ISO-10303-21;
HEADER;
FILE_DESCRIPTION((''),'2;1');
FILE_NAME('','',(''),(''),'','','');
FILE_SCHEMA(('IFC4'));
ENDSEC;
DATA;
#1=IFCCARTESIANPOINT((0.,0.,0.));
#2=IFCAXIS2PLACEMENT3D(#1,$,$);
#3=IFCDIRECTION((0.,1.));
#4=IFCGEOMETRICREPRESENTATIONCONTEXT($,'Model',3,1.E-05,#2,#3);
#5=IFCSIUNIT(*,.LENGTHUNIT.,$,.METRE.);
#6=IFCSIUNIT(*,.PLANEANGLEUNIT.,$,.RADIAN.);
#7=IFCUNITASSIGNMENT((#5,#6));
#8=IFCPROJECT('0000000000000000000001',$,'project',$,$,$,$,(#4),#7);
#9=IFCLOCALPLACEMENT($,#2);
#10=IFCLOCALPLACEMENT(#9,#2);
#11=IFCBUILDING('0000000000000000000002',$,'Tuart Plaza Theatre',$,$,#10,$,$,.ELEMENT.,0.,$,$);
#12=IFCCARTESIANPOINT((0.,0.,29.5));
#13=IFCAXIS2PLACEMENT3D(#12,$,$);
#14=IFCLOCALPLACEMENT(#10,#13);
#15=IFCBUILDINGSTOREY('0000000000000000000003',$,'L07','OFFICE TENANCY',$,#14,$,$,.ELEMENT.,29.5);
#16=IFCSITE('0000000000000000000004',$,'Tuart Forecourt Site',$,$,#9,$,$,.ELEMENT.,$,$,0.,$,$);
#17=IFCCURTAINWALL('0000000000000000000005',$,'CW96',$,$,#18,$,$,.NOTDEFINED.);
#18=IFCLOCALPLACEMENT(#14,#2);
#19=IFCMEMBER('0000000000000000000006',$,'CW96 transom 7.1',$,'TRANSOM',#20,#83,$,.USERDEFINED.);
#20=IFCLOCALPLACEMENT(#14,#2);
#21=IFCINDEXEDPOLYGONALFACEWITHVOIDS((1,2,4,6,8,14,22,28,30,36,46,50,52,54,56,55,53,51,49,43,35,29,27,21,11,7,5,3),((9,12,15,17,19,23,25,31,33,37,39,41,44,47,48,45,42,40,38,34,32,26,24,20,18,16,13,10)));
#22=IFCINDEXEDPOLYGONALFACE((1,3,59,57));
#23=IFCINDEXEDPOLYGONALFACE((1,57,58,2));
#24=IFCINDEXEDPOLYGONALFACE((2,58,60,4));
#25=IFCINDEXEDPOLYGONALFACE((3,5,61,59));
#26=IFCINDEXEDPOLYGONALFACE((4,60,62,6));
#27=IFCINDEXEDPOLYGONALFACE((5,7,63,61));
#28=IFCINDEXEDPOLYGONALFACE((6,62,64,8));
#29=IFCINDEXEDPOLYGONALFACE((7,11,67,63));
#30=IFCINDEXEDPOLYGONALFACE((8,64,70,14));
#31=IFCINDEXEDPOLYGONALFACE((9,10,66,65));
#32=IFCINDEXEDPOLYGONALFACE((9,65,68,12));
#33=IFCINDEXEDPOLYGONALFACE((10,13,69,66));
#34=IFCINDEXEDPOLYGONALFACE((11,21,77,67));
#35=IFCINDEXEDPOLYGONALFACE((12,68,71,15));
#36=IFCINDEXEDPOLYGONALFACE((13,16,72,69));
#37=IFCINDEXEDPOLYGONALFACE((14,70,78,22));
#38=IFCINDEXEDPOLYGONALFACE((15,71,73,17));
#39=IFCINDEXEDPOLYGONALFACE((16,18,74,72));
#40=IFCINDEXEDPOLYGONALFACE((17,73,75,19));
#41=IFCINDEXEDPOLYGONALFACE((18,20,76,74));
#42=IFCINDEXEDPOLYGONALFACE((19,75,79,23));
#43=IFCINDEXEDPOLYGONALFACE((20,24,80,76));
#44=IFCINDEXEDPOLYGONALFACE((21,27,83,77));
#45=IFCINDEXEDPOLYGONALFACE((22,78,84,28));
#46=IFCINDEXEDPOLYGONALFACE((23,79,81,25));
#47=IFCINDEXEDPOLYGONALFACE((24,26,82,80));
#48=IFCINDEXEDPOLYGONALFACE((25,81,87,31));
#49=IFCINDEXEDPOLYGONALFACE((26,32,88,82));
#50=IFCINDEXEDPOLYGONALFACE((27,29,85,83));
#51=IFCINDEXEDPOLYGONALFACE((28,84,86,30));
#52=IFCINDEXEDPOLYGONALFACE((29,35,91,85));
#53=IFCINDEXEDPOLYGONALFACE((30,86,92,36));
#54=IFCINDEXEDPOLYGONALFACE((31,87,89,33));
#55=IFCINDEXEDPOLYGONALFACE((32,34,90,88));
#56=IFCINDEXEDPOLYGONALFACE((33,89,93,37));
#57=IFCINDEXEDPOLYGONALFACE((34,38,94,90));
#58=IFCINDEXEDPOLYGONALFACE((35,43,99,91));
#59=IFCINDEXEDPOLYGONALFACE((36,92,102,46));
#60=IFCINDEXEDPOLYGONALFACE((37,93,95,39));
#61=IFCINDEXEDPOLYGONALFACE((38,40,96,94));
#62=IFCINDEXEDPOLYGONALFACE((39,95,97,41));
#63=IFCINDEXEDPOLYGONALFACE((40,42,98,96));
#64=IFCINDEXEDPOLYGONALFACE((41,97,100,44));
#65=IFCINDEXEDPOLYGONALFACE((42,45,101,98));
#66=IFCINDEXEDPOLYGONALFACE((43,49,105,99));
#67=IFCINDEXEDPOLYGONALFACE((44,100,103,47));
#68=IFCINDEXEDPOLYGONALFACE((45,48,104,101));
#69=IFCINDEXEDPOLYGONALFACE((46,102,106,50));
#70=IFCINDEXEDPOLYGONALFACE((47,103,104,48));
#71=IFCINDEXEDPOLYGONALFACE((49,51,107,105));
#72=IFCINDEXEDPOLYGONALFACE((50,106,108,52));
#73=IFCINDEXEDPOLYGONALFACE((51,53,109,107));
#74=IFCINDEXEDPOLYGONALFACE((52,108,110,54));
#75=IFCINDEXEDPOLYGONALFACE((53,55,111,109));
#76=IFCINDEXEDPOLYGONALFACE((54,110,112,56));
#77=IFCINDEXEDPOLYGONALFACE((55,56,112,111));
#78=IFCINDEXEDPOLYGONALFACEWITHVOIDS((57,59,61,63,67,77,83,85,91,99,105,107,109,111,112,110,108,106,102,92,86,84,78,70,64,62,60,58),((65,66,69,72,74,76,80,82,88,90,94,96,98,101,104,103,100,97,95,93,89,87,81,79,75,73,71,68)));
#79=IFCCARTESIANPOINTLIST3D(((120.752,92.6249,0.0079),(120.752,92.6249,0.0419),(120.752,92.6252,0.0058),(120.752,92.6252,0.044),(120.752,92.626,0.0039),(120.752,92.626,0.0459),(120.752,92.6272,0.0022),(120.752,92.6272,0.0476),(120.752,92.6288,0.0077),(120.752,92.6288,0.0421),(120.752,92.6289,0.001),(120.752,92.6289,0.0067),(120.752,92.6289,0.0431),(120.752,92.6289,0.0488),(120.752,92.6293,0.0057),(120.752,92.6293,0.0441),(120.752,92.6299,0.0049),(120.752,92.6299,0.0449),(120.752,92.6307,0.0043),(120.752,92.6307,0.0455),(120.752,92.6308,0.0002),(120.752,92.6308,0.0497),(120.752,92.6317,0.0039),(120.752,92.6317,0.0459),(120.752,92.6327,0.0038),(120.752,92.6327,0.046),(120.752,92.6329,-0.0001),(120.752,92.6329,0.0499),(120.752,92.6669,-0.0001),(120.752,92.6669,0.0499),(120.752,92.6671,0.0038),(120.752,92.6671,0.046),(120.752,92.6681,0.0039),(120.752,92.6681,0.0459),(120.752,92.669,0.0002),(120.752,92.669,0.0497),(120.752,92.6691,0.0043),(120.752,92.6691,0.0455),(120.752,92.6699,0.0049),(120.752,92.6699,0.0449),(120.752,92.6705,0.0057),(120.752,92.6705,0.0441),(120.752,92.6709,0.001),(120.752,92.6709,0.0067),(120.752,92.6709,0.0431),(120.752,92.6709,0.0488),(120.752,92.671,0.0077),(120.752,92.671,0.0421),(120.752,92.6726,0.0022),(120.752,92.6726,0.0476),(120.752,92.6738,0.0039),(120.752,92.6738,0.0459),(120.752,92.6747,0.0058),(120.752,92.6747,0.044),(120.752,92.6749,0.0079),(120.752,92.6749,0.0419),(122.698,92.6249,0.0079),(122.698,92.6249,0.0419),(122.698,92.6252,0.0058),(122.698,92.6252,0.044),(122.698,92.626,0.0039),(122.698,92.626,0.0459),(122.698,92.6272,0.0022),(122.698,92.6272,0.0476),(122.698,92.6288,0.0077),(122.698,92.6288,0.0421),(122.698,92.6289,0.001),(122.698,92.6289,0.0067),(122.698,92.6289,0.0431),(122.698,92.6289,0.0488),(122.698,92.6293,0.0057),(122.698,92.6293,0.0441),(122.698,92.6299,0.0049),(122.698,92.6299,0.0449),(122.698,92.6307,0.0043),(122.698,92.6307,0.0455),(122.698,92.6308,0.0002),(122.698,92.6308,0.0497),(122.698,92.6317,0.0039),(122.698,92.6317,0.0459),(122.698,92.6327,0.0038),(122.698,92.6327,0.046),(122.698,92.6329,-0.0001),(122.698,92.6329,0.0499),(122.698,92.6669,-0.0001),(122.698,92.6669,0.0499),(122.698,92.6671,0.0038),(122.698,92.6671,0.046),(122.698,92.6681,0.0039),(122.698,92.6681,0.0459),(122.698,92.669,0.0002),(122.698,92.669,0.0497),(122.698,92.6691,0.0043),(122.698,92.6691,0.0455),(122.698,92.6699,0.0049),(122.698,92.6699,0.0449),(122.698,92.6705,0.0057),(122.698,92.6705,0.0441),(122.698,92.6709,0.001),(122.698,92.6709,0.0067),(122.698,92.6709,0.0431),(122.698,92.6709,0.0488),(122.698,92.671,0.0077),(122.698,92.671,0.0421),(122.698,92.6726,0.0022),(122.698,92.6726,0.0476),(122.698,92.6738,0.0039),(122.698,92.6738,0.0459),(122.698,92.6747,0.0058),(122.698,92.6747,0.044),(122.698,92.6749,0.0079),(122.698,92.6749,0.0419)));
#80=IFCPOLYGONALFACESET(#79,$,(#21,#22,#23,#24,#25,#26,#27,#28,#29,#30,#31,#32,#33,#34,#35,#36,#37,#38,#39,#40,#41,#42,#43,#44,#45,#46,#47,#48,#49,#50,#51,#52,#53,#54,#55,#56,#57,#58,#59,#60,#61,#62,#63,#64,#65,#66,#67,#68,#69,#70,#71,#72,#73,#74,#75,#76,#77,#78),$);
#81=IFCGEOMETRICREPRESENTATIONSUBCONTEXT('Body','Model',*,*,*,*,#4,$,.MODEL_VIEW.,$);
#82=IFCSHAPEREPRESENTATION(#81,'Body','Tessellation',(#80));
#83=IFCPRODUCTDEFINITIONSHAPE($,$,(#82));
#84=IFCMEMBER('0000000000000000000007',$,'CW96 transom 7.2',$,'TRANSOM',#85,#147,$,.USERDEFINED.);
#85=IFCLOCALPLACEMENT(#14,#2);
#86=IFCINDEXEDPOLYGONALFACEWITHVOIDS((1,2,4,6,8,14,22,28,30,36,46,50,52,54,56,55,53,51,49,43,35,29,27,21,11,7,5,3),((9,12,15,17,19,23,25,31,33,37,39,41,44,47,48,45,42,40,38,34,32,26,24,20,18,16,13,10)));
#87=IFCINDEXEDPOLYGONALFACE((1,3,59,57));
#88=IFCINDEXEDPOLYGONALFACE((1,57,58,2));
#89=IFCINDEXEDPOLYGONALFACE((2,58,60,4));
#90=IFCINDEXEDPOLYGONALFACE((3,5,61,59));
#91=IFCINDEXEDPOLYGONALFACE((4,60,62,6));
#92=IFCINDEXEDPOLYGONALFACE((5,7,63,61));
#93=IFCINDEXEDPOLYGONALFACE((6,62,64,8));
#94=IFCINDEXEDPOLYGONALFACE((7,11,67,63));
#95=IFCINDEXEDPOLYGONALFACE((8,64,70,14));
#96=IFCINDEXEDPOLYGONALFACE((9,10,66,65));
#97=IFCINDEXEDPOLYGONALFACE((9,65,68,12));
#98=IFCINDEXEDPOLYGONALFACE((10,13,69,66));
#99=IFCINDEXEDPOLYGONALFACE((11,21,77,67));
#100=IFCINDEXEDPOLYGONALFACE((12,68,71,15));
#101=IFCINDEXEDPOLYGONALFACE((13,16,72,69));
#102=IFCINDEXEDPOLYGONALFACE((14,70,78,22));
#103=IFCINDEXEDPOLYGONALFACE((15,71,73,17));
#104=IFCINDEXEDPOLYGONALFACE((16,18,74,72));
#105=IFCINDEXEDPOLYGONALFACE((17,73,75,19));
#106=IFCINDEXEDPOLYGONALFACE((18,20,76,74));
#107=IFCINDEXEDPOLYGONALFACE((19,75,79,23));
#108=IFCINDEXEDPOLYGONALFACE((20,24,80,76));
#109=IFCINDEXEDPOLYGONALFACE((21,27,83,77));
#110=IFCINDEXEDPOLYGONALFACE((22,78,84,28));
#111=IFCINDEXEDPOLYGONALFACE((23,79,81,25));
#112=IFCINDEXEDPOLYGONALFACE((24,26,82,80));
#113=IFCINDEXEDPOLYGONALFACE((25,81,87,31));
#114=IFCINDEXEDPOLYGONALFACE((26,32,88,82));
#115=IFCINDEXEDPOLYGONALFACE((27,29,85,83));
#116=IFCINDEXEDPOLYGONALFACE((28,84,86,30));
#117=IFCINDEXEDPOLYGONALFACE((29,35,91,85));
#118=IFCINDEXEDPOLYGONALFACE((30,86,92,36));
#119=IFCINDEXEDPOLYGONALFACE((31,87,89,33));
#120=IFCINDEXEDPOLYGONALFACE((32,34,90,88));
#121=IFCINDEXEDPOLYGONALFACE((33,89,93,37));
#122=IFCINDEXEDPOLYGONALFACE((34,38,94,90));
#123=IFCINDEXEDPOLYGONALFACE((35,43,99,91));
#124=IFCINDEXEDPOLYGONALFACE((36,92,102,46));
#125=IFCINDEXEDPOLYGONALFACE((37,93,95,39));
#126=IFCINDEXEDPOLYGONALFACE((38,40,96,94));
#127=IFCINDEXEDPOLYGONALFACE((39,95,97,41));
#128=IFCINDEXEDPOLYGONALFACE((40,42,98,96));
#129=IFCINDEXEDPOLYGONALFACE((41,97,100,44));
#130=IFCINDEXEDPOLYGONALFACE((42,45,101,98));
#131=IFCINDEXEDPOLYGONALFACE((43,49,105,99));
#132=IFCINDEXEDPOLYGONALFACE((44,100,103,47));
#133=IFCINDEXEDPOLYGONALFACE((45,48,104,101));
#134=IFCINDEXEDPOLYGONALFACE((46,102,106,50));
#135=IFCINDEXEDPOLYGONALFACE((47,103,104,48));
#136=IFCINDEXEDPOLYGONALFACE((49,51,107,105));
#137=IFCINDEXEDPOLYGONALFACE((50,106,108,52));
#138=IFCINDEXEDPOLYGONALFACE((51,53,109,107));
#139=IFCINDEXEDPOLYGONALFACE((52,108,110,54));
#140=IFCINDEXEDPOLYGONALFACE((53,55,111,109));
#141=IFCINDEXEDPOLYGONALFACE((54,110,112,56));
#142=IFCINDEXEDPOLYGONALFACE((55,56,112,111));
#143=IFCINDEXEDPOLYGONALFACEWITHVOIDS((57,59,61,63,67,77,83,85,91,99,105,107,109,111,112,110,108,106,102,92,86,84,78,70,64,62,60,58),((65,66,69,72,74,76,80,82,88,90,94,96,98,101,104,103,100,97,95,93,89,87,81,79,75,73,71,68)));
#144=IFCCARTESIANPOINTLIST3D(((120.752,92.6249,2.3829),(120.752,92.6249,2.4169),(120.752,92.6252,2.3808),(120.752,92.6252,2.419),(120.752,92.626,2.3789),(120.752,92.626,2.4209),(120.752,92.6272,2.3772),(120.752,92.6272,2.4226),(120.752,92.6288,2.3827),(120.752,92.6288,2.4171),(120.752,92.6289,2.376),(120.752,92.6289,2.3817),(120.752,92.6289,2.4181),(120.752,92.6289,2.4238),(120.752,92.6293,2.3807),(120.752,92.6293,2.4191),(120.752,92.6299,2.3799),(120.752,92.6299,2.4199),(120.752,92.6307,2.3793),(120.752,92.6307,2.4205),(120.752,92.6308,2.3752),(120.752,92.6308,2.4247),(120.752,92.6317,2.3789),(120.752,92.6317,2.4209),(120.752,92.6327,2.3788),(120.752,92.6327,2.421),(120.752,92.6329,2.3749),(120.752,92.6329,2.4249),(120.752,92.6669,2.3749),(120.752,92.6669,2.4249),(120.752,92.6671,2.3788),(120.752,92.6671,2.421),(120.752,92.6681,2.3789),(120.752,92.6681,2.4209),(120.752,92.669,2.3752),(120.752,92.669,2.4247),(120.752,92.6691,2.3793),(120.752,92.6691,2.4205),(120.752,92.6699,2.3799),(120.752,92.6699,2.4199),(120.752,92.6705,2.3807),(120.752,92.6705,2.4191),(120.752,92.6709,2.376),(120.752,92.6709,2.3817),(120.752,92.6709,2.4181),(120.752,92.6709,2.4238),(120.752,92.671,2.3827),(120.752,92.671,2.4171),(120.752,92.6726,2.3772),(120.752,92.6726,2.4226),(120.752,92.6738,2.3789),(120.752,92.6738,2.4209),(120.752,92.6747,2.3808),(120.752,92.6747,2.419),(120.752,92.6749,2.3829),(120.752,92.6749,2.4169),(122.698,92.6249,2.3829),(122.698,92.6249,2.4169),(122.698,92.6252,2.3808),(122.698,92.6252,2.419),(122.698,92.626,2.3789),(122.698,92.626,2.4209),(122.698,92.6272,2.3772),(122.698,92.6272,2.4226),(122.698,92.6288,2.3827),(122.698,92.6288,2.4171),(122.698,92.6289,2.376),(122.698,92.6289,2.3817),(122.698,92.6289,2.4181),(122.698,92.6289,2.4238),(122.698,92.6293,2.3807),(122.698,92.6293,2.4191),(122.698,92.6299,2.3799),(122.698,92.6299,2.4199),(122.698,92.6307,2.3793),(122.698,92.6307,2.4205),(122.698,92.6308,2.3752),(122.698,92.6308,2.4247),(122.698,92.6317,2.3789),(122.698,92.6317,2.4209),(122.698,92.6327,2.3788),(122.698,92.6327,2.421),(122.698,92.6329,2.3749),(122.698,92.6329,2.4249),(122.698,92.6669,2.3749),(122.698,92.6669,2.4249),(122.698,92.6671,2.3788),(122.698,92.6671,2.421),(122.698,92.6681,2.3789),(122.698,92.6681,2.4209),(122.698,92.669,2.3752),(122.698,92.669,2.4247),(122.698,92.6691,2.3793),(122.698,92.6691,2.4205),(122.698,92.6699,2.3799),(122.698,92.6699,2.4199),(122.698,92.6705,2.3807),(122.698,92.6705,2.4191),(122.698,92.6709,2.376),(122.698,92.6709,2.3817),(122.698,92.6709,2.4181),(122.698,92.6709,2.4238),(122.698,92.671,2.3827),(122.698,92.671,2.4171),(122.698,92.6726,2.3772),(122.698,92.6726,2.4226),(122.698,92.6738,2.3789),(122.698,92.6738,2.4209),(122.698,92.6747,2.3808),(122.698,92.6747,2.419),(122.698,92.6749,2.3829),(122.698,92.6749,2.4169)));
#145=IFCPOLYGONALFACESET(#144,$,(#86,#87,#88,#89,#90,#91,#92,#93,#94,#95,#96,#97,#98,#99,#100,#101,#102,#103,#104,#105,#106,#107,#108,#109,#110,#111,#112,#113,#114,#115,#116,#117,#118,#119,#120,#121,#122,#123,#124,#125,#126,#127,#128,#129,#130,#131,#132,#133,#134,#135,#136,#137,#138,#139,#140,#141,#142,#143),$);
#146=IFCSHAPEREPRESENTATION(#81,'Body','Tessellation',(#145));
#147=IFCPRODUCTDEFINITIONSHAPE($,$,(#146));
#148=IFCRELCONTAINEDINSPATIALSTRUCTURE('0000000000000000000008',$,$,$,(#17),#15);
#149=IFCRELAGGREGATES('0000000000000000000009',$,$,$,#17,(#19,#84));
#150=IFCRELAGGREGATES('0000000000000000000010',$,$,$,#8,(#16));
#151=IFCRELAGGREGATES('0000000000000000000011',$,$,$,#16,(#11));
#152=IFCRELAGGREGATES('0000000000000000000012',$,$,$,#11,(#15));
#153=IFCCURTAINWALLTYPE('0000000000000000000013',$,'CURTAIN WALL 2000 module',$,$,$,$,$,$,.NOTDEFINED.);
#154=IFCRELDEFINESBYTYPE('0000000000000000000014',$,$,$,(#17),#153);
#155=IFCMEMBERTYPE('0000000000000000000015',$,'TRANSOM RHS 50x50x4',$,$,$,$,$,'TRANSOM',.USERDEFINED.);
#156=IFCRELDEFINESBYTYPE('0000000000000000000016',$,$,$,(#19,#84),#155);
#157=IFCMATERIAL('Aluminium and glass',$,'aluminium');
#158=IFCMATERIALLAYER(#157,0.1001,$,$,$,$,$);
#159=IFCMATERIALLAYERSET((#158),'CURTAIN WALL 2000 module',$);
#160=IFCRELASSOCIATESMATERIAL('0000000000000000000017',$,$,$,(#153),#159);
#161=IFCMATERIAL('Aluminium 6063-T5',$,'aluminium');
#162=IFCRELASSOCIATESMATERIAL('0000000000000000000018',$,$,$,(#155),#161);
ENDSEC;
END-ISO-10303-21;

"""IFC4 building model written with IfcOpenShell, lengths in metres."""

from ifc_helpers import new_model, si_unit, direction, frame, origin, origin_2d, place, context, subcontext, project, spatial, hollow_rectangle, extrude, material, layer, layer_set, material_profile, profile_set, type_object, element, aggregate, save


model = new_model("IFC4")

# Units and contexts
model_context = context("Model", 3, precision=1e-05, world=origin(), true_north=direction((0.0, 1.0)))
body_context = subcontext(model_context, "Body", "Model", "MODEL_VIEW")
ifc_project = project(units=[si_unit("LENGTHUNIT", "METRE"), si_unit("PLANEANGLEUNIT", "RADIAN")], contexts=[model_context])

# Site, building, storey
site_placement = place(None, origin())
site = spatial("IfcSite", under=ifc_project, at=site_placement, Name="Tuart Forecourt Site", CompositionType="ELEMENT", RefElevation=0.0)
building_placement = place(site_placement, origin())
building = spatial("IfcBuilding", under=site, at=building_placement, Name="Tuart Plaza Theatre", CompositionType="ELEMENT", ElevationOfRefHeight=0.0)
storey_placement = place(building_placement, frame((0.0, 0.0, 29.5)))
storey = spatial("IfcBuildingStorey", under=building, at=storey_placement, Name="L07", Description="OFFICE TENANCY", CompositionType="ELEMENT", Elevation=29.5)

# Curtain wall, members
ifc_material_1 = material(Name="Aluminium and glass", Category="aluminium")
ifc_layer_1 = layer(ifc_material_1, 0.1001)
ifc_layer_set_1 = layer_set([ifc_layer_1], Name="CURTAIN WALL 2000 module")
curtain_wall_type = type_object("IfcCurtainWallType", Name="CURTAIN WALL 2000 module", PredefinedType="NOTDEFINED", material=ifc_layer_set_1)
curtain_wall_placement = place(storey_placement, origin())
curtain_wall = element("IfcCurtainWall", 1, at=curtain_wall_placement, inside=storey, type_object=curtain_wall_type, Name="CW96", PredefinedType="NOTDEFINED")
ifc_material_2 = material(Name="Aluminium 6063-T5", Category="aluminium")
ifc_material_profile_1 = material_profile(ifc_material_2, hollow_rectangle(XDim=0.05, YDim=0.05, WallThickness=0.0039, InnerFilletRadius=0.0039, OuterFilletRadius=0.0081, at=origin_2d()), Name="RHS 50x50x4")
ifc_profile_set_1 = profile_set([ifc_material_profile_1], Name="Aluminium 6063-T5")
member_type_1 = type_object("IfcMemberType", Name="TRANSOM RHS 50x50x4", ElementType="TRANSOM", PredefinedType="USERDEFINED", material=ifc_profile_set_1)
member_1_placement = place(storey_placement, frame((122.698, 92.6499, 0.0249), z_axis=(-1.0, 0.0, 0.0), x_axis=(0.0, -1.0, 0.0)))
member_1 = element("IfcMember", 2, at=member_1_placement, type_object=member_type_1, Name="CW96 transom 7.1", ObjectType="TRANSOM", PredefinedType="USERDEFINED", context=body_context, shape_type="SweptSolid", body=[
    extrude(hollow_rectangle(XDim=0.05, YDim=0.05, WallThickness=0.0039, InnerFilletRadius=0.0039, OuterFilletRadius=0.0081, at=origin_2d()), origin(), (0.0, 0.0, 1.0), 1.946),
])
member_2_placement = place(storey_placement, frame((122.698, 92.6499, 2.3999), z_axis=(-1.0, 0.0, 0.0), x_axis=(0.0, -1.0, 0.0)))
member_2 = element("IfcMember", 3, at=member_2_placement, type_object=member_type_1, Name="CW96 transom 7.2", ObjectType="TRANSOM", PredefinedType="USERDEFINED", context=body_context, shape_type="SweptSolid", body=[
    extrude(hollow_rectangle(XDim=0.05, YDim=0.05, WallThickness=0.0039, InnerFilletRadius=0.0039, OuterFilletRadius=0.0081, at=origin_2d()), origin(), (0.0, 0.0, 1.0), 1.946),
])
aggregate(curtain_wall, [member_1, member_2])

save(model, "model.ifc")
